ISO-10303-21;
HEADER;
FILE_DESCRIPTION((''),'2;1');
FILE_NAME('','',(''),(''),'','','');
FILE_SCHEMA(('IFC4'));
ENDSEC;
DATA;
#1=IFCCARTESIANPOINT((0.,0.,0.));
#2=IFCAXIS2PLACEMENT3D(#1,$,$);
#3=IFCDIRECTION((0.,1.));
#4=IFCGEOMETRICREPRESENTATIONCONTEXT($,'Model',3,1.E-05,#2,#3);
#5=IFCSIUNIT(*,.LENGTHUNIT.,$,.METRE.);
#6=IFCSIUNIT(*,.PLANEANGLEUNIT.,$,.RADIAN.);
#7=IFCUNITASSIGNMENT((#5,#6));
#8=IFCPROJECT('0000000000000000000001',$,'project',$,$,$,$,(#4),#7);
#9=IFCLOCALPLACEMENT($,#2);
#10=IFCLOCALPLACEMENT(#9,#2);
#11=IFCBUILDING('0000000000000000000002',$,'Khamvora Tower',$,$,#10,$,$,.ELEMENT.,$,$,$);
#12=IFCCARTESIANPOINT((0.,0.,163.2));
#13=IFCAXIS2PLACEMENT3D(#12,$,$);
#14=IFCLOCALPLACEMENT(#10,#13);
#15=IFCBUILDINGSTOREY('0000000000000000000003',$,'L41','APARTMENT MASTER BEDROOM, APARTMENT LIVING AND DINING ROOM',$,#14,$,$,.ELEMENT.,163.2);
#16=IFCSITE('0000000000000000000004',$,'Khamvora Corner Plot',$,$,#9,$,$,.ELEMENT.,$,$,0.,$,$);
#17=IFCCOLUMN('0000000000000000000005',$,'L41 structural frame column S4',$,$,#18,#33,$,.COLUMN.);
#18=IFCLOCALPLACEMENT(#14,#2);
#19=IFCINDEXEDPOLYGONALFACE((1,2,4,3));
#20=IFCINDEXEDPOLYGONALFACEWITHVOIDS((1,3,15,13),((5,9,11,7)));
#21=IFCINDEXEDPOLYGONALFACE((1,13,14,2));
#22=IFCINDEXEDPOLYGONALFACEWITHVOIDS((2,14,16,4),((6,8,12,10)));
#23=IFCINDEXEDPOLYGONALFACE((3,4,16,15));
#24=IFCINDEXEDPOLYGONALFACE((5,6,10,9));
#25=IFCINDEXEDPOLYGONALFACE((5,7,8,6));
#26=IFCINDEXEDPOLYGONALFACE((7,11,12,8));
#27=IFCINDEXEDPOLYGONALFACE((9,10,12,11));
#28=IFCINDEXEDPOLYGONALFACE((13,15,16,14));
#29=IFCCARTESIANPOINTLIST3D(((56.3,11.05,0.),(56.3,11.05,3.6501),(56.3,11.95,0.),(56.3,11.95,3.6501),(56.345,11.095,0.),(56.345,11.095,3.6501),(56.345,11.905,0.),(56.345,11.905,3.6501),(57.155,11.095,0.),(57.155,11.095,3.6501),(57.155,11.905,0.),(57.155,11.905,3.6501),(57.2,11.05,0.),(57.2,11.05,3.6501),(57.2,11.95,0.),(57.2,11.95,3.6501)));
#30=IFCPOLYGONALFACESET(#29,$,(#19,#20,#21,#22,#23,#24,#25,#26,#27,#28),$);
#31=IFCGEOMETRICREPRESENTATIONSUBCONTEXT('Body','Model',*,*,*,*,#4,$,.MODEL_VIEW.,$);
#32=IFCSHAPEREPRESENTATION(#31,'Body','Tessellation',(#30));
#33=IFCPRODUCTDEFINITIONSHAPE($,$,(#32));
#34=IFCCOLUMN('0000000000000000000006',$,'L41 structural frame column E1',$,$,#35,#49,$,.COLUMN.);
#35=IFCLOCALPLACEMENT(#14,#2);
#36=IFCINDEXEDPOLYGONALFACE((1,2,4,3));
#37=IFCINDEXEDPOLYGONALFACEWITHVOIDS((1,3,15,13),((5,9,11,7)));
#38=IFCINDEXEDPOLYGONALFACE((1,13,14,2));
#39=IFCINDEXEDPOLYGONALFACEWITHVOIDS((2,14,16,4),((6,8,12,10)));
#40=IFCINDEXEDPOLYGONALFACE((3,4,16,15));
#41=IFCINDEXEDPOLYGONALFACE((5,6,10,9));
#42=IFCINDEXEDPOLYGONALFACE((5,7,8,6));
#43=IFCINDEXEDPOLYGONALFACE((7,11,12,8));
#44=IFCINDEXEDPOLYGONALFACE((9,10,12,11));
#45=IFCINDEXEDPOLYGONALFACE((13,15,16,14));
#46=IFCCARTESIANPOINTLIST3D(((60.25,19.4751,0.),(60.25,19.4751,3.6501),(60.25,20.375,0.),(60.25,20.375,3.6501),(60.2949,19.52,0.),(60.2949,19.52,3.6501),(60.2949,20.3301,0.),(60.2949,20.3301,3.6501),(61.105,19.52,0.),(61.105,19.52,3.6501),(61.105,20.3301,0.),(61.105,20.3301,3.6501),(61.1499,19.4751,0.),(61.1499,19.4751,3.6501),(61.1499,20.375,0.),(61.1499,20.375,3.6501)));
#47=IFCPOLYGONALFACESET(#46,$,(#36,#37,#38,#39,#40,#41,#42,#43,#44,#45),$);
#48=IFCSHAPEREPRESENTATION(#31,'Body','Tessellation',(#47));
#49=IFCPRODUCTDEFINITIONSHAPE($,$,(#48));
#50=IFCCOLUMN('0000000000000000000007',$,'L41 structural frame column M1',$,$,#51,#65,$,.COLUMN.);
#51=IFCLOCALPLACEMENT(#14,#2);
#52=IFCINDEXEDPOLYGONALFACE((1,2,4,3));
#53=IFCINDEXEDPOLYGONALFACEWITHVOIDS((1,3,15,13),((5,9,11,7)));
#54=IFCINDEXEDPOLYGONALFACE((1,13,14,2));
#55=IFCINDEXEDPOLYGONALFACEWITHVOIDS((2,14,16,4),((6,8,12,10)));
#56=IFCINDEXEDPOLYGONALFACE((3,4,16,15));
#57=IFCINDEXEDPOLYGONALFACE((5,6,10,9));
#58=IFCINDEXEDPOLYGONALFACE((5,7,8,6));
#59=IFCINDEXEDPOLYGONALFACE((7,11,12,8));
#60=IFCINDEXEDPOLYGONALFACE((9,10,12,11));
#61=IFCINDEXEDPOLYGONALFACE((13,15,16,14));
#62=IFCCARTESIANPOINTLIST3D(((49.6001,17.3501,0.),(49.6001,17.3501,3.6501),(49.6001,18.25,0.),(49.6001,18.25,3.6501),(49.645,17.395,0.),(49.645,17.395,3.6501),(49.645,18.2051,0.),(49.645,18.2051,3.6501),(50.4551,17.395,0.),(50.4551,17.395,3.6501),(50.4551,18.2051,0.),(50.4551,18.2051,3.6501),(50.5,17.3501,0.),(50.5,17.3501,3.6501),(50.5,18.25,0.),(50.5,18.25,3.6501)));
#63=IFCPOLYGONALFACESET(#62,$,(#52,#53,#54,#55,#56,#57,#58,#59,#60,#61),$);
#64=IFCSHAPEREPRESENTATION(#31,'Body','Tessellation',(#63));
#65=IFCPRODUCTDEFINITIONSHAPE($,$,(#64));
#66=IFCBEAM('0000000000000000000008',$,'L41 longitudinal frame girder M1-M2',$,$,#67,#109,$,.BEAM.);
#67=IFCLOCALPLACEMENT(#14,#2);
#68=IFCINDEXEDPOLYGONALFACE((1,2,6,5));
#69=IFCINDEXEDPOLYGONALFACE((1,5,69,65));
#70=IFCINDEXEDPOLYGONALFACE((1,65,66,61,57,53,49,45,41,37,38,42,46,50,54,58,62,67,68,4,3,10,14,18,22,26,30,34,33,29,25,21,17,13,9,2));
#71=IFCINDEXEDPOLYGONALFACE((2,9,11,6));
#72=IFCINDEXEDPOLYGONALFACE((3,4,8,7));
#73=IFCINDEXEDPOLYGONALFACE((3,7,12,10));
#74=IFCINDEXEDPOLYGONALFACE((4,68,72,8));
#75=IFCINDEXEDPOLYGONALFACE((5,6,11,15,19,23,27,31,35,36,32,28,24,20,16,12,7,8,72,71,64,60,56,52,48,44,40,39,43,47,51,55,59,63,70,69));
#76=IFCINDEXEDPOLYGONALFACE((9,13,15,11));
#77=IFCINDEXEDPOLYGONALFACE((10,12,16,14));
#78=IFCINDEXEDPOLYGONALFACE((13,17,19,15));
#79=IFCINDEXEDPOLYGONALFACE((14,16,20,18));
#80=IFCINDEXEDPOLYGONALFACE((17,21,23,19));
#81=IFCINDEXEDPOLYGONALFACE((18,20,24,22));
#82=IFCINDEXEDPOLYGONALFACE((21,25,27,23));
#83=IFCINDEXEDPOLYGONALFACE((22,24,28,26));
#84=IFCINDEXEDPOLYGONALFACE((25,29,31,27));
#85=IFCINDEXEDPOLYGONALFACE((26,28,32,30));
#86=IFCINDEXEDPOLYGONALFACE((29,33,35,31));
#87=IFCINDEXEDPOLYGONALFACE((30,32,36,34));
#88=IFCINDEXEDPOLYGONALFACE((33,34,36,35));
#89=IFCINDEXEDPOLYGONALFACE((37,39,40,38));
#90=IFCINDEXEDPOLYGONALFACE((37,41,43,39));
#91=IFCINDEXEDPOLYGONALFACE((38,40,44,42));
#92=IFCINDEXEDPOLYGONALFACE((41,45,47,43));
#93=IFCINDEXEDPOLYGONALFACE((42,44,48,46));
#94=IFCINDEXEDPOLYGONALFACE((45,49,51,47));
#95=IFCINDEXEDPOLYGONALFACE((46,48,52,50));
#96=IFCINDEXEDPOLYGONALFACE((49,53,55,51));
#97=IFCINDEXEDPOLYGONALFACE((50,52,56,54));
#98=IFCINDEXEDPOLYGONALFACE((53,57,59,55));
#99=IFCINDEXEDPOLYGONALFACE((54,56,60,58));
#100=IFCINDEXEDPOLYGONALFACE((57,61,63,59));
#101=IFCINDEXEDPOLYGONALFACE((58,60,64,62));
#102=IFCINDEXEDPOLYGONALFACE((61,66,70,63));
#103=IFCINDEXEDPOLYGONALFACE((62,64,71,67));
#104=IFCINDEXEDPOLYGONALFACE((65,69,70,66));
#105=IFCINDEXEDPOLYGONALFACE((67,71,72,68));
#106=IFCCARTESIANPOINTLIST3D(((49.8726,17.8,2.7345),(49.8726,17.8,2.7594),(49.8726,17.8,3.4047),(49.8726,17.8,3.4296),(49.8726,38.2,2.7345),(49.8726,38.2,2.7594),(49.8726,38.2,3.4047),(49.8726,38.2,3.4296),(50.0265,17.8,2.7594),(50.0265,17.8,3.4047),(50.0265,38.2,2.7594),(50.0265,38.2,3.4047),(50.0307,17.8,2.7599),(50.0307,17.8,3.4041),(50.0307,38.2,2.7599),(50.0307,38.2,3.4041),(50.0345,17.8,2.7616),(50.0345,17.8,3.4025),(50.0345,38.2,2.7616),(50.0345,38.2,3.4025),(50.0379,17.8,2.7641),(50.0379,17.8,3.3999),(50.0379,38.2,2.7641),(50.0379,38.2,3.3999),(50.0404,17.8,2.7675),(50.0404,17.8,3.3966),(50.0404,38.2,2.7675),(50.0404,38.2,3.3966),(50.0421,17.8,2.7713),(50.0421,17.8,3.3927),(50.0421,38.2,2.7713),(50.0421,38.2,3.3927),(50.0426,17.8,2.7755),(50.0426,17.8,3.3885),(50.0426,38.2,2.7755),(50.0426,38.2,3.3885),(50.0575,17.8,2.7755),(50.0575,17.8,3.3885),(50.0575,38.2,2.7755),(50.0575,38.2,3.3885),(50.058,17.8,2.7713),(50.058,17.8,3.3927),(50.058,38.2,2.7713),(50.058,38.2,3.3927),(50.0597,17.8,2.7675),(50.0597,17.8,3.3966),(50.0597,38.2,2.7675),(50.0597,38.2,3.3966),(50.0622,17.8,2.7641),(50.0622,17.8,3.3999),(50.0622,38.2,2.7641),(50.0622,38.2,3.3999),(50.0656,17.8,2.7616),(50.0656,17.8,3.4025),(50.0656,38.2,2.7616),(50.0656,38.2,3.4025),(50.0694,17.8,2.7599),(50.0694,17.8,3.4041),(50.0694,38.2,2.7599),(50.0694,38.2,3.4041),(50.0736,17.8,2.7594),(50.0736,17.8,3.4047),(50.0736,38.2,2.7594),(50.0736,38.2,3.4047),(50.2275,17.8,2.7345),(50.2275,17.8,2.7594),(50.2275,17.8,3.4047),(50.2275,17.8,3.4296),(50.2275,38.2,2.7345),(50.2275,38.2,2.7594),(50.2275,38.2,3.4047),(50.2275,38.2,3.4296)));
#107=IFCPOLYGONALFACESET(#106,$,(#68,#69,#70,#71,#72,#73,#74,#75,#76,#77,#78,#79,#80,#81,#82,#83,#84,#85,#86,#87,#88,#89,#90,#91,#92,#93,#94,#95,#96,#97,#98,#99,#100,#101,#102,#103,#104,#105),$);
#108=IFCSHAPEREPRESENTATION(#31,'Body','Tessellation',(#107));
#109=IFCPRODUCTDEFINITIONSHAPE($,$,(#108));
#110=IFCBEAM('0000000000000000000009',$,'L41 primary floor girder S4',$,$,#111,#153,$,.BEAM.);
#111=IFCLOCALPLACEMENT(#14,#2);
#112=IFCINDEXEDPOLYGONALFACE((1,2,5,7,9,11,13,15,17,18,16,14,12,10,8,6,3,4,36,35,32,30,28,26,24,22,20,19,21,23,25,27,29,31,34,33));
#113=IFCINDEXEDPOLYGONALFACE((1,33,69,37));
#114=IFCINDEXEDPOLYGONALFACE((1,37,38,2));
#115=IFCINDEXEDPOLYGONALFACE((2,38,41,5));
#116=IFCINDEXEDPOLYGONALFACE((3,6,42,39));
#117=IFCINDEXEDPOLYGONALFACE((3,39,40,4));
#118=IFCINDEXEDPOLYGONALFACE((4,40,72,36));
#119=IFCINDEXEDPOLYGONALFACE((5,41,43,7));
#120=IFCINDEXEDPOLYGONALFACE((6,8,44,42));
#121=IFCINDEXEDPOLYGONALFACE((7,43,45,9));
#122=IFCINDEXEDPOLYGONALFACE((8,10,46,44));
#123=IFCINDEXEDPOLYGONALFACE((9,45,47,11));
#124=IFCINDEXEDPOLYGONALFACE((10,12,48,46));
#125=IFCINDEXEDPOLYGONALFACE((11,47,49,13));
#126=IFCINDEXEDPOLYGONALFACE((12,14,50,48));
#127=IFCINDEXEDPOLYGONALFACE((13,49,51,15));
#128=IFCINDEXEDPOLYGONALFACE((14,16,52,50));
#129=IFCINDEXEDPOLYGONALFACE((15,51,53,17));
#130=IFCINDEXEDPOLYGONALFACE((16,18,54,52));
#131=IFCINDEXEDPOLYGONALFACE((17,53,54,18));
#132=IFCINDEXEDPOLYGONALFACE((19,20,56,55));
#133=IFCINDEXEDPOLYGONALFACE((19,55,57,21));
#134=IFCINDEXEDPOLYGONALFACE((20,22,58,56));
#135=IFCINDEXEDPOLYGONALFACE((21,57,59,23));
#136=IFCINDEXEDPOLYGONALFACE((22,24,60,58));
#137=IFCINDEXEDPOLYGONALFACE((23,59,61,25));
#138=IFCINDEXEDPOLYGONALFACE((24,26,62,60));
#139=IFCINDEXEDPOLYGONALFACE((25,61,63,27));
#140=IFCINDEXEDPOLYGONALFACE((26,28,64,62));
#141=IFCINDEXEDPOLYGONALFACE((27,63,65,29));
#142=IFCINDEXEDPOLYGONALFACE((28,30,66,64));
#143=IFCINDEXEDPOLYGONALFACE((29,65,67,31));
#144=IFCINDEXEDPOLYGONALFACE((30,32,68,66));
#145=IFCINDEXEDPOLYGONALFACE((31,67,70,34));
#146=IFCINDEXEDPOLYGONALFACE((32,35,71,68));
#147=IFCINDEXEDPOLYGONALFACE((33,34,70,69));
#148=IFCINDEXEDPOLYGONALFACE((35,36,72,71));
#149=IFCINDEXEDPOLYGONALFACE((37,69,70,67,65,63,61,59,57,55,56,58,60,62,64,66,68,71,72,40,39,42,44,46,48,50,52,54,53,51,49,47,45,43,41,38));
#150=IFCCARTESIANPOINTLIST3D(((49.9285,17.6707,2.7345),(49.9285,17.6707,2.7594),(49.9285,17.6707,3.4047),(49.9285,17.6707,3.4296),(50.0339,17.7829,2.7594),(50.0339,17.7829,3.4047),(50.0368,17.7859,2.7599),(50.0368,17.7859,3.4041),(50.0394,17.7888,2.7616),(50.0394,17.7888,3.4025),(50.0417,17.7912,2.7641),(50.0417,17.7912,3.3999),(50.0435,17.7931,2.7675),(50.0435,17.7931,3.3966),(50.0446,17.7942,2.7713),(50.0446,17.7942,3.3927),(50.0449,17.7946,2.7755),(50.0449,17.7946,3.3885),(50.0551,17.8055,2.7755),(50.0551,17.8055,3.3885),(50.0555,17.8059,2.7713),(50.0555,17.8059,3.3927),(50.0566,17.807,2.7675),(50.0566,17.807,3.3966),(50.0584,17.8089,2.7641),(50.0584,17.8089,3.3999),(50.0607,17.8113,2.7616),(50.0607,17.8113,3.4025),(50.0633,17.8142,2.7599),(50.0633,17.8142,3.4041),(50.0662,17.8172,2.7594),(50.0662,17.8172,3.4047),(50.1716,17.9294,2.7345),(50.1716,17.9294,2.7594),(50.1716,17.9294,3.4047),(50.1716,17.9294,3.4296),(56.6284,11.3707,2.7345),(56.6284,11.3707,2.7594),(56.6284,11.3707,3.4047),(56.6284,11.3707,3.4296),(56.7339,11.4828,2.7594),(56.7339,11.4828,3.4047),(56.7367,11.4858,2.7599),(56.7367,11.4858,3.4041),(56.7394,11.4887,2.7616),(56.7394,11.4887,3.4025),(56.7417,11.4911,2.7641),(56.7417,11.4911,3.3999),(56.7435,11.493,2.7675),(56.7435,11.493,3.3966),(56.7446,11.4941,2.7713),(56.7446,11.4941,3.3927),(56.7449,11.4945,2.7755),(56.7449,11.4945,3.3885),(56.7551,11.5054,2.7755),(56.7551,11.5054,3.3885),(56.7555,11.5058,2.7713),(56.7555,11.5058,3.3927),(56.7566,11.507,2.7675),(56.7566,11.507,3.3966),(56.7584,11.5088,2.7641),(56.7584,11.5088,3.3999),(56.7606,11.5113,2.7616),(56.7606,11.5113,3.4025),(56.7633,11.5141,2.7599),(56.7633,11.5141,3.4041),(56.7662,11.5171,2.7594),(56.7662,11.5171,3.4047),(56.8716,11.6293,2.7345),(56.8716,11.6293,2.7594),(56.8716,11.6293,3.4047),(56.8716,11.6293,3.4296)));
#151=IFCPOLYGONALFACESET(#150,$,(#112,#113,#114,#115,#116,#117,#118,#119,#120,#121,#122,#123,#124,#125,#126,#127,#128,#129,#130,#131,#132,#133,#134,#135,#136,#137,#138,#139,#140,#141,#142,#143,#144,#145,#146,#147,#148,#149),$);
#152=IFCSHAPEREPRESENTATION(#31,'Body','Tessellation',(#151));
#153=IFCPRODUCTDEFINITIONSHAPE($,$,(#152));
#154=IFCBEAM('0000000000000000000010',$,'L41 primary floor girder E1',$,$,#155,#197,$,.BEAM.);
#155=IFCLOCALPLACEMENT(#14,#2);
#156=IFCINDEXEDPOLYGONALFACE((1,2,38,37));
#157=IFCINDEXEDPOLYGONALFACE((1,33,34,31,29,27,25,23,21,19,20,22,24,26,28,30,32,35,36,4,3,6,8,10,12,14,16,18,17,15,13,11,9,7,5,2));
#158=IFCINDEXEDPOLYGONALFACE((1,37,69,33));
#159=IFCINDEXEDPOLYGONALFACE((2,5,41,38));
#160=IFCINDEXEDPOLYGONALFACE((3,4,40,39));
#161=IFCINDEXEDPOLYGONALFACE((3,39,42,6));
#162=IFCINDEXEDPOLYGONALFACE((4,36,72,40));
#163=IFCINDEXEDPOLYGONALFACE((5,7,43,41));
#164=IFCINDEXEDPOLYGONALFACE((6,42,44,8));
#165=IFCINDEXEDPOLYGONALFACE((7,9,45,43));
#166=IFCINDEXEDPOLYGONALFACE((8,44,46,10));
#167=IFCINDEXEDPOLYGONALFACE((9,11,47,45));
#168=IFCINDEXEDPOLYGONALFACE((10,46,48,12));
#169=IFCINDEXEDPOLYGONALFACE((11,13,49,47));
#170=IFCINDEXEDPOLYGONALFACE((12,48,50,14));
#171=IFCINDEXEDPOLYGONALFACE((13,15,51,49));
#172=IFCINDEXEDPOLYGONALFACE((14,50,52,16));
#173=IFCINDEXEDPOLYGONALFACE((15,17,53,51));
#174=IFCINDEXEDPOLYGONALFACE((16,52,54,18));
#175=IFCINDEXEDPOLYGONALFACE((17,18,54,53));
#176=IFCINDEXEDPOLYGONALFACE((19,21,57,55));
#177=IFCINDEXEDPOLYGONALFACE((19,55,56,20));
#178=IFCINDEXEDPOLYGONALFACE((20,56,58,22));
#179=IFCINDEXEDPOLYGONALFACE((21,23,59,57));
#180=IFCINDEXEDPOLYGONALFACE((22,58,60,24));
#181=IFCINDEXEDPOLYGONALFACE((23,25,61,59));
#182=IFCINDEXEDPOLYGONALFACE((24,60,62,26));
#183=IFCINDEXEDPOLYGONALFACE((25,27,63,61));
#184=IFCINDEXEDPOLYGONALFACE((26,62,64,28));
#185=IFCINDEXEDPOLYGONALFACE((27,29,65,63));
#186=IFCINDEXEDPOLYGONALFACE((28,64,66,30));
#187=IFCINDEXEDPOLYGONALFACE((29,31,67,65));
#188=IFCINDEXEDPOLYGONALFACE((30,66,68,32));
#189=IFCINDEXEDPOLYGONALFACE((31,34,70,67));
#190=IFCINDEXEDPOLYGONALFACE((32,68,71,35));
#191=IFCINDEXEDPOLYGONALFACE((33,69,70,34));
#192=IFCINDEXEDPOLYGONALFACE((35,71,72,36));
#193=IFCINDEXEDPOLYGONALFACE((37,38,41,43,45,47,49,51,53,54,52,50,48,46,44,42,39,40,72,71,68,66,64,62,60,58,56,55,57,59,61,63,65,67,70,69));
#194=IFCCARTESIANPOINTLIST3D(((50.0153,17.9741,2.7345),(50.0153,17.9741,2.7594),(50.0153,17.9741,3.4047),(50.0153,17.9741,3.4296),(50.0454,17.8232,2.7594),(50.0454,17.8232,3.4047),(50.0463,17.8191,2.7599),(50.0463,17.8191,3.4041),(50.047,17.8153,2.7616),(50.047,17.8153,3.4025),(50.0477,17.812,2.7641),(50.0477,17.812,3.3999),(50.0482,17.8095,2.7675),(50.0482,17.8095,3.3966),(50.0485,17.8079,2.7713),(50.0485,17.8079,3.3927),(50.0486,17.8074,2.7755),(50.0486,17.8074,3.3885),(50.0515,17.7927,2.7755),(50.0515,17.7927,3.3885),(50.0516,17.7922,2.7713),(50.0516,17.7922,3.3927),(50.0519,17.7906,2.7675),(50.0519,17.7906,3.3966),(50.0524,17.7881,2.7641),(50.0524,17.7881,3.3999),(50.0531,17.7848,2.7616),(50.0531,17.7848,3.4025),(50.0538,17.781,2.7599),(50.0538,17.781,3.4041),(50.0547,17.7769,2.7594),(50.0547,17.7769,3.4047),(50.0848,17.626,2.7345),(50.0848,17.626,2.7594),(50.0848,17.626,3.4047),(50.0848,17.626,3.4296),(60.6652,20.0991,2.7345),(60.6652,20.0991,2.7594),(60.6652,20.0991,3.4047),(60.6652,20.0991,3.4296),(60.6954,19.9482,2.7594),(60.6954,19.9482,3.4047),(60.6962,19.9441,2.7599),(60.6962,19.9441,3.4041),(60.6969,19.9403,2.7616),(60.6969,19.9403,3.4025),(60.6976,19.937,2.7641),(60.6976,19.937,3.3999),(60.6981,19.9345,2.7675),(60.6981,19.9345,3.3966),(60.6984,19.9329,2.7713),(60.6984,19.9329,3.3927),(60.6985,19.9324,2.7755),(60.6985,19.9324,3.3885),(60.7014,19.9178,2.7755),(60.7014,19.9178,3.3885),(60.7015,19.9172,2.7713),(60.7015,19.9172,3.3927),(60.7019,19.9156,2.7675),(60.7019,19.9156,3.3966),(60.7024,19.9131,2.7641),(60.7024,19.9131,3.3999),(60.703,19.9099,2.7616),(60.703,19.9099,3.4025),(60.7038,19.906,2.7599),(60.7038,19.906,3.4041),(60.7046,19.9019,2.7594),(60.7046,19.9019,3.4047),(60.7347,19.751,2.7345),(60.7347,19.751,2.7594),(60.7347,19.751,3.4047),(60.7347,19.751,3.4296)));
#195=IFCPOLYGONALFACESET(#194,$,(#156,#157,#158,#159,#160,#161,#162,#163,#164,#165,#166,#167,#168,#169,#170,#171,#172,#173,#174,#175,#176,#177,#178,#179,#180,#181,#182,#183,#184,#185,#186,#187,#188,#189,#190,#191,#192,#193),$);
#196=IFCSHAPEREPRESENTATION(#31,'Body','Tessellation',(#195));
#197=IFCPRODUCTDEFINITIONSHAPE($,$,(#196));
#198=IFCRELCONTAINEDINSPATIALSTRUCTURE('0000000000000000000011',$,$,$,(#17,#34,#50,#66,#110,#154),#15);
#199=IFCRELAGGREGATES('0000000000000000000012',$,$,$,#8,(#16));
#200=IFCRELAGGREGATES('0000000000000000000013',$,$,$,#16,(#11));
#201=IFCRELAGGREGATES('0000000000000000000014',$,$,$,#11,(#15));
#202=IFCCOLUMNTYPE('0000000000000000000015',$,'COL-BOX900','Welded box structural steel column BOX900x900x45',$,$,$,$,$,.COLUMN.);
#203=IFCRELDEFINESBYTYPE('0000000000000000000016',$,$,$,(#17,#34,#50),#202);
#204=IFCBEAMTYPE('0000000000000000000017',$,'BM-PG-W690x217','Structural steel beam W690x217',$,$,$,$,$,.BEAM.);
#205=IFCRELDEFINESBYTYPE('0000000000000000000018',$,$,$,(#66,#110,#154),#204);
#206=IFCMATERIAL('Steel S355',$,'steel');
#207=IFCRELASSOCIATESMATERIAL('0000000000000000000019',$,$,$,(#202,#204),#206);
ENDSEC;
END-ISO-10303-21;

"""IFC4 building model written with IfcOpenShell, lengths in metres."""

from ifc_helpers import new_model, si_unit, direction, frame, origin, origin_2d, place, context, subcontext, project, spatial, hollow_rectangle, i_section, extrude, material, material_profile, profile_set, type_object, element, save


model = new_model("IFC4")

# Units and contexts
model_context = context("Model", 3, precision=1e-05, world=origin(), true_north=direction((0.0, 1.0)))
body_context = subcontext(model_context, "Body", "Model", "MODEL_VIEW")
ifc_project = project(units=[si_unit("LENGTHUNIT", "METRE"), si_unit("PLANEANGLEUNIT", "RADIAN")], contexts=[model_context])

# Site, building, storey
site_placement = place(None, origin())
site = spatial("IfcSite", under=ifc_project, at=site_placement, Name="Khamvora Corner Plot", CompositionType="ELEMENT", RefElevation=0.0)
building_placement = place(site_placement, origin())
building = spatial("IfcBuilding", under=site, at=building_placement, Name="Khamvora Tower", CompositionType="ELEMENT")
storey_placement = place(building_placement, frame((0.0, 0.0, 163.2)))
storey = spatial("IfcBuildingStorey", under=building, at=storey_placement, Name="L41", Description="APARTMENT MASTER BEDROOM, APARTMENT LIVING AND DINING ROOM", CompositionType="ELEMENT", Elevation=163.2)

# Columns
ifc_material_1 = material(Name="Steel S355", Category="steel")
ifc_material_profile_1 = material_profile(ifc_material_1, hollow_rectangle(XDim=0.8999, YDim=0.8999, WallThickness=0.0449, at=origin_2d()), Name="BOX900x900x45")
ifc_profile_set_1 = profile_set([ifc_material_profile_1], Name="Steel S355")
column_type = type_object("IfcColumnType", Name="COL-BOX900", Description="Welded box structural steel column BOX900x900x45", PredefinedType="COLUMN", material=ifc_profile_set_1)
for number, where, z_axis, x_axis, name in (
    (1, (56.75, 11.5, 0.0), (0.0, 0.0, 1.0), (1.0, 0.0, 0.0), "L41 structural frame column S4"),
    (2, (60.7, 19.925, 0.0), (0.0, 0.0, 1.0), (1.0, 0.0, 0.0), "L41 structural frame column E1"),
    (3, (50.05, 17.8, 0.0), (0.0, 0.0, 1.0), (1.0, 0.0, 0.0), "L41 structural frame column M1"),
):
    element("IfcColumn", number, at=place(storey_placement, frame(where, z_axis=z_axis, x_axis=x_axis)), inside=storey, type_object=column_type, Name=name, PredefinedType="COLUMN", context=body_context, shape_type="SweptSolid", body=[
        extrude(hollow_rectangle(XDim=0.8999, YDim=0.8999, WallThickness=0.0449, at=origin_2d()), origin(), (0.0, 0.0, 1.0), 3.6501),
    ])

# Beams
ifc_material_profile_2 = material_profile(ifc_material_1, i_section(OverallWidth=0.355, OverallDepth=0.6951, WebThickness=0.0149, FlangeThickness=0.0249, FilletRadius=0.0161, at=origin_2d()), Name="W690x217")
ifc_profile_set_2 = profile_set([ifc_material_profile_2], Name="Steel S355")
beam_type_1 = type_object("IfcBeamType", Name="BM-PG-W690x217", Description="Structural steel beam W690x217", PredefinedType="BEAM", material=ifc_profile_set_2)
beam_1_placement = place(storey_placement, frame((50.05, 17.8, 3.082), z_axis=(0.0, 1.0, 0.0), x_axis=(-1.0, 0.0, 0.0)))
element("IfcBeam", 4, at=beam_1_placement, inside=storey, type_object=beam_type_1, Name="L41 longitudinal frame girder M1-M2", PredefinedType="BEAM", context=body_context, shape_type="SweptSolid", body=[
    extrude(i_section(OverallWidth=0.355, OverallDepth=0.6951, WebThickness=0.0149, FlangeThickness=0.0249, FilletRadius=0.0161, at=origin_2d()), origin(), (0.0, 0.0, 1.0), 20.3999),
])
beam_2_placement = place(storey_placement, frame((50.05, 17.8, 3.082), z_axis=(0.728514, -0.685031, 0.0), x_axis=(0.685031, 0.728514, 0.0)))
element("IfcBeam", 5, at=beam_2_placement, inside=storey, type_object=beam_type_1, Name="L41 primary floor girder S4", PredefinedType="BEAM", context=body_context, shape_type="SweptSolid", body=[
    extrude(i_section(OverallWidth=0.355, OverallDepth=0.6951, WebThickness=0.0149, FlangeThickness=0.0249, FilletRadius=0.0161, at=origin_2d()), origin(), (0.0, 0.0, 1.0), 9.1968),
])
beam_3_placement = place(storey_placement, frame((50.05, 17.8, 3.082), z_axis=(0.980669, 0.195675, 0.0), x_axis=(-0.195675, 0.980669, 0.0)))
element("IfcBeam", 6, at=beam_3_placement, inside=storey, type_object=beam_type_1, Name="L41 primary floor girder E1", PredefinedType="BEAM", context=body_context, shape_type="SweptSolid", body=[
    extrude(i_section(OverallWidth=0.355, OverallDepth=0.6951, WebThickness=0.0149, FlangeThickness=0.0249, FilletRadius=0.0161, at=origin_2d()), origin(), (0.0, 0.0, 1.0), 10.8599),
])

save(model, "model.ifc")
